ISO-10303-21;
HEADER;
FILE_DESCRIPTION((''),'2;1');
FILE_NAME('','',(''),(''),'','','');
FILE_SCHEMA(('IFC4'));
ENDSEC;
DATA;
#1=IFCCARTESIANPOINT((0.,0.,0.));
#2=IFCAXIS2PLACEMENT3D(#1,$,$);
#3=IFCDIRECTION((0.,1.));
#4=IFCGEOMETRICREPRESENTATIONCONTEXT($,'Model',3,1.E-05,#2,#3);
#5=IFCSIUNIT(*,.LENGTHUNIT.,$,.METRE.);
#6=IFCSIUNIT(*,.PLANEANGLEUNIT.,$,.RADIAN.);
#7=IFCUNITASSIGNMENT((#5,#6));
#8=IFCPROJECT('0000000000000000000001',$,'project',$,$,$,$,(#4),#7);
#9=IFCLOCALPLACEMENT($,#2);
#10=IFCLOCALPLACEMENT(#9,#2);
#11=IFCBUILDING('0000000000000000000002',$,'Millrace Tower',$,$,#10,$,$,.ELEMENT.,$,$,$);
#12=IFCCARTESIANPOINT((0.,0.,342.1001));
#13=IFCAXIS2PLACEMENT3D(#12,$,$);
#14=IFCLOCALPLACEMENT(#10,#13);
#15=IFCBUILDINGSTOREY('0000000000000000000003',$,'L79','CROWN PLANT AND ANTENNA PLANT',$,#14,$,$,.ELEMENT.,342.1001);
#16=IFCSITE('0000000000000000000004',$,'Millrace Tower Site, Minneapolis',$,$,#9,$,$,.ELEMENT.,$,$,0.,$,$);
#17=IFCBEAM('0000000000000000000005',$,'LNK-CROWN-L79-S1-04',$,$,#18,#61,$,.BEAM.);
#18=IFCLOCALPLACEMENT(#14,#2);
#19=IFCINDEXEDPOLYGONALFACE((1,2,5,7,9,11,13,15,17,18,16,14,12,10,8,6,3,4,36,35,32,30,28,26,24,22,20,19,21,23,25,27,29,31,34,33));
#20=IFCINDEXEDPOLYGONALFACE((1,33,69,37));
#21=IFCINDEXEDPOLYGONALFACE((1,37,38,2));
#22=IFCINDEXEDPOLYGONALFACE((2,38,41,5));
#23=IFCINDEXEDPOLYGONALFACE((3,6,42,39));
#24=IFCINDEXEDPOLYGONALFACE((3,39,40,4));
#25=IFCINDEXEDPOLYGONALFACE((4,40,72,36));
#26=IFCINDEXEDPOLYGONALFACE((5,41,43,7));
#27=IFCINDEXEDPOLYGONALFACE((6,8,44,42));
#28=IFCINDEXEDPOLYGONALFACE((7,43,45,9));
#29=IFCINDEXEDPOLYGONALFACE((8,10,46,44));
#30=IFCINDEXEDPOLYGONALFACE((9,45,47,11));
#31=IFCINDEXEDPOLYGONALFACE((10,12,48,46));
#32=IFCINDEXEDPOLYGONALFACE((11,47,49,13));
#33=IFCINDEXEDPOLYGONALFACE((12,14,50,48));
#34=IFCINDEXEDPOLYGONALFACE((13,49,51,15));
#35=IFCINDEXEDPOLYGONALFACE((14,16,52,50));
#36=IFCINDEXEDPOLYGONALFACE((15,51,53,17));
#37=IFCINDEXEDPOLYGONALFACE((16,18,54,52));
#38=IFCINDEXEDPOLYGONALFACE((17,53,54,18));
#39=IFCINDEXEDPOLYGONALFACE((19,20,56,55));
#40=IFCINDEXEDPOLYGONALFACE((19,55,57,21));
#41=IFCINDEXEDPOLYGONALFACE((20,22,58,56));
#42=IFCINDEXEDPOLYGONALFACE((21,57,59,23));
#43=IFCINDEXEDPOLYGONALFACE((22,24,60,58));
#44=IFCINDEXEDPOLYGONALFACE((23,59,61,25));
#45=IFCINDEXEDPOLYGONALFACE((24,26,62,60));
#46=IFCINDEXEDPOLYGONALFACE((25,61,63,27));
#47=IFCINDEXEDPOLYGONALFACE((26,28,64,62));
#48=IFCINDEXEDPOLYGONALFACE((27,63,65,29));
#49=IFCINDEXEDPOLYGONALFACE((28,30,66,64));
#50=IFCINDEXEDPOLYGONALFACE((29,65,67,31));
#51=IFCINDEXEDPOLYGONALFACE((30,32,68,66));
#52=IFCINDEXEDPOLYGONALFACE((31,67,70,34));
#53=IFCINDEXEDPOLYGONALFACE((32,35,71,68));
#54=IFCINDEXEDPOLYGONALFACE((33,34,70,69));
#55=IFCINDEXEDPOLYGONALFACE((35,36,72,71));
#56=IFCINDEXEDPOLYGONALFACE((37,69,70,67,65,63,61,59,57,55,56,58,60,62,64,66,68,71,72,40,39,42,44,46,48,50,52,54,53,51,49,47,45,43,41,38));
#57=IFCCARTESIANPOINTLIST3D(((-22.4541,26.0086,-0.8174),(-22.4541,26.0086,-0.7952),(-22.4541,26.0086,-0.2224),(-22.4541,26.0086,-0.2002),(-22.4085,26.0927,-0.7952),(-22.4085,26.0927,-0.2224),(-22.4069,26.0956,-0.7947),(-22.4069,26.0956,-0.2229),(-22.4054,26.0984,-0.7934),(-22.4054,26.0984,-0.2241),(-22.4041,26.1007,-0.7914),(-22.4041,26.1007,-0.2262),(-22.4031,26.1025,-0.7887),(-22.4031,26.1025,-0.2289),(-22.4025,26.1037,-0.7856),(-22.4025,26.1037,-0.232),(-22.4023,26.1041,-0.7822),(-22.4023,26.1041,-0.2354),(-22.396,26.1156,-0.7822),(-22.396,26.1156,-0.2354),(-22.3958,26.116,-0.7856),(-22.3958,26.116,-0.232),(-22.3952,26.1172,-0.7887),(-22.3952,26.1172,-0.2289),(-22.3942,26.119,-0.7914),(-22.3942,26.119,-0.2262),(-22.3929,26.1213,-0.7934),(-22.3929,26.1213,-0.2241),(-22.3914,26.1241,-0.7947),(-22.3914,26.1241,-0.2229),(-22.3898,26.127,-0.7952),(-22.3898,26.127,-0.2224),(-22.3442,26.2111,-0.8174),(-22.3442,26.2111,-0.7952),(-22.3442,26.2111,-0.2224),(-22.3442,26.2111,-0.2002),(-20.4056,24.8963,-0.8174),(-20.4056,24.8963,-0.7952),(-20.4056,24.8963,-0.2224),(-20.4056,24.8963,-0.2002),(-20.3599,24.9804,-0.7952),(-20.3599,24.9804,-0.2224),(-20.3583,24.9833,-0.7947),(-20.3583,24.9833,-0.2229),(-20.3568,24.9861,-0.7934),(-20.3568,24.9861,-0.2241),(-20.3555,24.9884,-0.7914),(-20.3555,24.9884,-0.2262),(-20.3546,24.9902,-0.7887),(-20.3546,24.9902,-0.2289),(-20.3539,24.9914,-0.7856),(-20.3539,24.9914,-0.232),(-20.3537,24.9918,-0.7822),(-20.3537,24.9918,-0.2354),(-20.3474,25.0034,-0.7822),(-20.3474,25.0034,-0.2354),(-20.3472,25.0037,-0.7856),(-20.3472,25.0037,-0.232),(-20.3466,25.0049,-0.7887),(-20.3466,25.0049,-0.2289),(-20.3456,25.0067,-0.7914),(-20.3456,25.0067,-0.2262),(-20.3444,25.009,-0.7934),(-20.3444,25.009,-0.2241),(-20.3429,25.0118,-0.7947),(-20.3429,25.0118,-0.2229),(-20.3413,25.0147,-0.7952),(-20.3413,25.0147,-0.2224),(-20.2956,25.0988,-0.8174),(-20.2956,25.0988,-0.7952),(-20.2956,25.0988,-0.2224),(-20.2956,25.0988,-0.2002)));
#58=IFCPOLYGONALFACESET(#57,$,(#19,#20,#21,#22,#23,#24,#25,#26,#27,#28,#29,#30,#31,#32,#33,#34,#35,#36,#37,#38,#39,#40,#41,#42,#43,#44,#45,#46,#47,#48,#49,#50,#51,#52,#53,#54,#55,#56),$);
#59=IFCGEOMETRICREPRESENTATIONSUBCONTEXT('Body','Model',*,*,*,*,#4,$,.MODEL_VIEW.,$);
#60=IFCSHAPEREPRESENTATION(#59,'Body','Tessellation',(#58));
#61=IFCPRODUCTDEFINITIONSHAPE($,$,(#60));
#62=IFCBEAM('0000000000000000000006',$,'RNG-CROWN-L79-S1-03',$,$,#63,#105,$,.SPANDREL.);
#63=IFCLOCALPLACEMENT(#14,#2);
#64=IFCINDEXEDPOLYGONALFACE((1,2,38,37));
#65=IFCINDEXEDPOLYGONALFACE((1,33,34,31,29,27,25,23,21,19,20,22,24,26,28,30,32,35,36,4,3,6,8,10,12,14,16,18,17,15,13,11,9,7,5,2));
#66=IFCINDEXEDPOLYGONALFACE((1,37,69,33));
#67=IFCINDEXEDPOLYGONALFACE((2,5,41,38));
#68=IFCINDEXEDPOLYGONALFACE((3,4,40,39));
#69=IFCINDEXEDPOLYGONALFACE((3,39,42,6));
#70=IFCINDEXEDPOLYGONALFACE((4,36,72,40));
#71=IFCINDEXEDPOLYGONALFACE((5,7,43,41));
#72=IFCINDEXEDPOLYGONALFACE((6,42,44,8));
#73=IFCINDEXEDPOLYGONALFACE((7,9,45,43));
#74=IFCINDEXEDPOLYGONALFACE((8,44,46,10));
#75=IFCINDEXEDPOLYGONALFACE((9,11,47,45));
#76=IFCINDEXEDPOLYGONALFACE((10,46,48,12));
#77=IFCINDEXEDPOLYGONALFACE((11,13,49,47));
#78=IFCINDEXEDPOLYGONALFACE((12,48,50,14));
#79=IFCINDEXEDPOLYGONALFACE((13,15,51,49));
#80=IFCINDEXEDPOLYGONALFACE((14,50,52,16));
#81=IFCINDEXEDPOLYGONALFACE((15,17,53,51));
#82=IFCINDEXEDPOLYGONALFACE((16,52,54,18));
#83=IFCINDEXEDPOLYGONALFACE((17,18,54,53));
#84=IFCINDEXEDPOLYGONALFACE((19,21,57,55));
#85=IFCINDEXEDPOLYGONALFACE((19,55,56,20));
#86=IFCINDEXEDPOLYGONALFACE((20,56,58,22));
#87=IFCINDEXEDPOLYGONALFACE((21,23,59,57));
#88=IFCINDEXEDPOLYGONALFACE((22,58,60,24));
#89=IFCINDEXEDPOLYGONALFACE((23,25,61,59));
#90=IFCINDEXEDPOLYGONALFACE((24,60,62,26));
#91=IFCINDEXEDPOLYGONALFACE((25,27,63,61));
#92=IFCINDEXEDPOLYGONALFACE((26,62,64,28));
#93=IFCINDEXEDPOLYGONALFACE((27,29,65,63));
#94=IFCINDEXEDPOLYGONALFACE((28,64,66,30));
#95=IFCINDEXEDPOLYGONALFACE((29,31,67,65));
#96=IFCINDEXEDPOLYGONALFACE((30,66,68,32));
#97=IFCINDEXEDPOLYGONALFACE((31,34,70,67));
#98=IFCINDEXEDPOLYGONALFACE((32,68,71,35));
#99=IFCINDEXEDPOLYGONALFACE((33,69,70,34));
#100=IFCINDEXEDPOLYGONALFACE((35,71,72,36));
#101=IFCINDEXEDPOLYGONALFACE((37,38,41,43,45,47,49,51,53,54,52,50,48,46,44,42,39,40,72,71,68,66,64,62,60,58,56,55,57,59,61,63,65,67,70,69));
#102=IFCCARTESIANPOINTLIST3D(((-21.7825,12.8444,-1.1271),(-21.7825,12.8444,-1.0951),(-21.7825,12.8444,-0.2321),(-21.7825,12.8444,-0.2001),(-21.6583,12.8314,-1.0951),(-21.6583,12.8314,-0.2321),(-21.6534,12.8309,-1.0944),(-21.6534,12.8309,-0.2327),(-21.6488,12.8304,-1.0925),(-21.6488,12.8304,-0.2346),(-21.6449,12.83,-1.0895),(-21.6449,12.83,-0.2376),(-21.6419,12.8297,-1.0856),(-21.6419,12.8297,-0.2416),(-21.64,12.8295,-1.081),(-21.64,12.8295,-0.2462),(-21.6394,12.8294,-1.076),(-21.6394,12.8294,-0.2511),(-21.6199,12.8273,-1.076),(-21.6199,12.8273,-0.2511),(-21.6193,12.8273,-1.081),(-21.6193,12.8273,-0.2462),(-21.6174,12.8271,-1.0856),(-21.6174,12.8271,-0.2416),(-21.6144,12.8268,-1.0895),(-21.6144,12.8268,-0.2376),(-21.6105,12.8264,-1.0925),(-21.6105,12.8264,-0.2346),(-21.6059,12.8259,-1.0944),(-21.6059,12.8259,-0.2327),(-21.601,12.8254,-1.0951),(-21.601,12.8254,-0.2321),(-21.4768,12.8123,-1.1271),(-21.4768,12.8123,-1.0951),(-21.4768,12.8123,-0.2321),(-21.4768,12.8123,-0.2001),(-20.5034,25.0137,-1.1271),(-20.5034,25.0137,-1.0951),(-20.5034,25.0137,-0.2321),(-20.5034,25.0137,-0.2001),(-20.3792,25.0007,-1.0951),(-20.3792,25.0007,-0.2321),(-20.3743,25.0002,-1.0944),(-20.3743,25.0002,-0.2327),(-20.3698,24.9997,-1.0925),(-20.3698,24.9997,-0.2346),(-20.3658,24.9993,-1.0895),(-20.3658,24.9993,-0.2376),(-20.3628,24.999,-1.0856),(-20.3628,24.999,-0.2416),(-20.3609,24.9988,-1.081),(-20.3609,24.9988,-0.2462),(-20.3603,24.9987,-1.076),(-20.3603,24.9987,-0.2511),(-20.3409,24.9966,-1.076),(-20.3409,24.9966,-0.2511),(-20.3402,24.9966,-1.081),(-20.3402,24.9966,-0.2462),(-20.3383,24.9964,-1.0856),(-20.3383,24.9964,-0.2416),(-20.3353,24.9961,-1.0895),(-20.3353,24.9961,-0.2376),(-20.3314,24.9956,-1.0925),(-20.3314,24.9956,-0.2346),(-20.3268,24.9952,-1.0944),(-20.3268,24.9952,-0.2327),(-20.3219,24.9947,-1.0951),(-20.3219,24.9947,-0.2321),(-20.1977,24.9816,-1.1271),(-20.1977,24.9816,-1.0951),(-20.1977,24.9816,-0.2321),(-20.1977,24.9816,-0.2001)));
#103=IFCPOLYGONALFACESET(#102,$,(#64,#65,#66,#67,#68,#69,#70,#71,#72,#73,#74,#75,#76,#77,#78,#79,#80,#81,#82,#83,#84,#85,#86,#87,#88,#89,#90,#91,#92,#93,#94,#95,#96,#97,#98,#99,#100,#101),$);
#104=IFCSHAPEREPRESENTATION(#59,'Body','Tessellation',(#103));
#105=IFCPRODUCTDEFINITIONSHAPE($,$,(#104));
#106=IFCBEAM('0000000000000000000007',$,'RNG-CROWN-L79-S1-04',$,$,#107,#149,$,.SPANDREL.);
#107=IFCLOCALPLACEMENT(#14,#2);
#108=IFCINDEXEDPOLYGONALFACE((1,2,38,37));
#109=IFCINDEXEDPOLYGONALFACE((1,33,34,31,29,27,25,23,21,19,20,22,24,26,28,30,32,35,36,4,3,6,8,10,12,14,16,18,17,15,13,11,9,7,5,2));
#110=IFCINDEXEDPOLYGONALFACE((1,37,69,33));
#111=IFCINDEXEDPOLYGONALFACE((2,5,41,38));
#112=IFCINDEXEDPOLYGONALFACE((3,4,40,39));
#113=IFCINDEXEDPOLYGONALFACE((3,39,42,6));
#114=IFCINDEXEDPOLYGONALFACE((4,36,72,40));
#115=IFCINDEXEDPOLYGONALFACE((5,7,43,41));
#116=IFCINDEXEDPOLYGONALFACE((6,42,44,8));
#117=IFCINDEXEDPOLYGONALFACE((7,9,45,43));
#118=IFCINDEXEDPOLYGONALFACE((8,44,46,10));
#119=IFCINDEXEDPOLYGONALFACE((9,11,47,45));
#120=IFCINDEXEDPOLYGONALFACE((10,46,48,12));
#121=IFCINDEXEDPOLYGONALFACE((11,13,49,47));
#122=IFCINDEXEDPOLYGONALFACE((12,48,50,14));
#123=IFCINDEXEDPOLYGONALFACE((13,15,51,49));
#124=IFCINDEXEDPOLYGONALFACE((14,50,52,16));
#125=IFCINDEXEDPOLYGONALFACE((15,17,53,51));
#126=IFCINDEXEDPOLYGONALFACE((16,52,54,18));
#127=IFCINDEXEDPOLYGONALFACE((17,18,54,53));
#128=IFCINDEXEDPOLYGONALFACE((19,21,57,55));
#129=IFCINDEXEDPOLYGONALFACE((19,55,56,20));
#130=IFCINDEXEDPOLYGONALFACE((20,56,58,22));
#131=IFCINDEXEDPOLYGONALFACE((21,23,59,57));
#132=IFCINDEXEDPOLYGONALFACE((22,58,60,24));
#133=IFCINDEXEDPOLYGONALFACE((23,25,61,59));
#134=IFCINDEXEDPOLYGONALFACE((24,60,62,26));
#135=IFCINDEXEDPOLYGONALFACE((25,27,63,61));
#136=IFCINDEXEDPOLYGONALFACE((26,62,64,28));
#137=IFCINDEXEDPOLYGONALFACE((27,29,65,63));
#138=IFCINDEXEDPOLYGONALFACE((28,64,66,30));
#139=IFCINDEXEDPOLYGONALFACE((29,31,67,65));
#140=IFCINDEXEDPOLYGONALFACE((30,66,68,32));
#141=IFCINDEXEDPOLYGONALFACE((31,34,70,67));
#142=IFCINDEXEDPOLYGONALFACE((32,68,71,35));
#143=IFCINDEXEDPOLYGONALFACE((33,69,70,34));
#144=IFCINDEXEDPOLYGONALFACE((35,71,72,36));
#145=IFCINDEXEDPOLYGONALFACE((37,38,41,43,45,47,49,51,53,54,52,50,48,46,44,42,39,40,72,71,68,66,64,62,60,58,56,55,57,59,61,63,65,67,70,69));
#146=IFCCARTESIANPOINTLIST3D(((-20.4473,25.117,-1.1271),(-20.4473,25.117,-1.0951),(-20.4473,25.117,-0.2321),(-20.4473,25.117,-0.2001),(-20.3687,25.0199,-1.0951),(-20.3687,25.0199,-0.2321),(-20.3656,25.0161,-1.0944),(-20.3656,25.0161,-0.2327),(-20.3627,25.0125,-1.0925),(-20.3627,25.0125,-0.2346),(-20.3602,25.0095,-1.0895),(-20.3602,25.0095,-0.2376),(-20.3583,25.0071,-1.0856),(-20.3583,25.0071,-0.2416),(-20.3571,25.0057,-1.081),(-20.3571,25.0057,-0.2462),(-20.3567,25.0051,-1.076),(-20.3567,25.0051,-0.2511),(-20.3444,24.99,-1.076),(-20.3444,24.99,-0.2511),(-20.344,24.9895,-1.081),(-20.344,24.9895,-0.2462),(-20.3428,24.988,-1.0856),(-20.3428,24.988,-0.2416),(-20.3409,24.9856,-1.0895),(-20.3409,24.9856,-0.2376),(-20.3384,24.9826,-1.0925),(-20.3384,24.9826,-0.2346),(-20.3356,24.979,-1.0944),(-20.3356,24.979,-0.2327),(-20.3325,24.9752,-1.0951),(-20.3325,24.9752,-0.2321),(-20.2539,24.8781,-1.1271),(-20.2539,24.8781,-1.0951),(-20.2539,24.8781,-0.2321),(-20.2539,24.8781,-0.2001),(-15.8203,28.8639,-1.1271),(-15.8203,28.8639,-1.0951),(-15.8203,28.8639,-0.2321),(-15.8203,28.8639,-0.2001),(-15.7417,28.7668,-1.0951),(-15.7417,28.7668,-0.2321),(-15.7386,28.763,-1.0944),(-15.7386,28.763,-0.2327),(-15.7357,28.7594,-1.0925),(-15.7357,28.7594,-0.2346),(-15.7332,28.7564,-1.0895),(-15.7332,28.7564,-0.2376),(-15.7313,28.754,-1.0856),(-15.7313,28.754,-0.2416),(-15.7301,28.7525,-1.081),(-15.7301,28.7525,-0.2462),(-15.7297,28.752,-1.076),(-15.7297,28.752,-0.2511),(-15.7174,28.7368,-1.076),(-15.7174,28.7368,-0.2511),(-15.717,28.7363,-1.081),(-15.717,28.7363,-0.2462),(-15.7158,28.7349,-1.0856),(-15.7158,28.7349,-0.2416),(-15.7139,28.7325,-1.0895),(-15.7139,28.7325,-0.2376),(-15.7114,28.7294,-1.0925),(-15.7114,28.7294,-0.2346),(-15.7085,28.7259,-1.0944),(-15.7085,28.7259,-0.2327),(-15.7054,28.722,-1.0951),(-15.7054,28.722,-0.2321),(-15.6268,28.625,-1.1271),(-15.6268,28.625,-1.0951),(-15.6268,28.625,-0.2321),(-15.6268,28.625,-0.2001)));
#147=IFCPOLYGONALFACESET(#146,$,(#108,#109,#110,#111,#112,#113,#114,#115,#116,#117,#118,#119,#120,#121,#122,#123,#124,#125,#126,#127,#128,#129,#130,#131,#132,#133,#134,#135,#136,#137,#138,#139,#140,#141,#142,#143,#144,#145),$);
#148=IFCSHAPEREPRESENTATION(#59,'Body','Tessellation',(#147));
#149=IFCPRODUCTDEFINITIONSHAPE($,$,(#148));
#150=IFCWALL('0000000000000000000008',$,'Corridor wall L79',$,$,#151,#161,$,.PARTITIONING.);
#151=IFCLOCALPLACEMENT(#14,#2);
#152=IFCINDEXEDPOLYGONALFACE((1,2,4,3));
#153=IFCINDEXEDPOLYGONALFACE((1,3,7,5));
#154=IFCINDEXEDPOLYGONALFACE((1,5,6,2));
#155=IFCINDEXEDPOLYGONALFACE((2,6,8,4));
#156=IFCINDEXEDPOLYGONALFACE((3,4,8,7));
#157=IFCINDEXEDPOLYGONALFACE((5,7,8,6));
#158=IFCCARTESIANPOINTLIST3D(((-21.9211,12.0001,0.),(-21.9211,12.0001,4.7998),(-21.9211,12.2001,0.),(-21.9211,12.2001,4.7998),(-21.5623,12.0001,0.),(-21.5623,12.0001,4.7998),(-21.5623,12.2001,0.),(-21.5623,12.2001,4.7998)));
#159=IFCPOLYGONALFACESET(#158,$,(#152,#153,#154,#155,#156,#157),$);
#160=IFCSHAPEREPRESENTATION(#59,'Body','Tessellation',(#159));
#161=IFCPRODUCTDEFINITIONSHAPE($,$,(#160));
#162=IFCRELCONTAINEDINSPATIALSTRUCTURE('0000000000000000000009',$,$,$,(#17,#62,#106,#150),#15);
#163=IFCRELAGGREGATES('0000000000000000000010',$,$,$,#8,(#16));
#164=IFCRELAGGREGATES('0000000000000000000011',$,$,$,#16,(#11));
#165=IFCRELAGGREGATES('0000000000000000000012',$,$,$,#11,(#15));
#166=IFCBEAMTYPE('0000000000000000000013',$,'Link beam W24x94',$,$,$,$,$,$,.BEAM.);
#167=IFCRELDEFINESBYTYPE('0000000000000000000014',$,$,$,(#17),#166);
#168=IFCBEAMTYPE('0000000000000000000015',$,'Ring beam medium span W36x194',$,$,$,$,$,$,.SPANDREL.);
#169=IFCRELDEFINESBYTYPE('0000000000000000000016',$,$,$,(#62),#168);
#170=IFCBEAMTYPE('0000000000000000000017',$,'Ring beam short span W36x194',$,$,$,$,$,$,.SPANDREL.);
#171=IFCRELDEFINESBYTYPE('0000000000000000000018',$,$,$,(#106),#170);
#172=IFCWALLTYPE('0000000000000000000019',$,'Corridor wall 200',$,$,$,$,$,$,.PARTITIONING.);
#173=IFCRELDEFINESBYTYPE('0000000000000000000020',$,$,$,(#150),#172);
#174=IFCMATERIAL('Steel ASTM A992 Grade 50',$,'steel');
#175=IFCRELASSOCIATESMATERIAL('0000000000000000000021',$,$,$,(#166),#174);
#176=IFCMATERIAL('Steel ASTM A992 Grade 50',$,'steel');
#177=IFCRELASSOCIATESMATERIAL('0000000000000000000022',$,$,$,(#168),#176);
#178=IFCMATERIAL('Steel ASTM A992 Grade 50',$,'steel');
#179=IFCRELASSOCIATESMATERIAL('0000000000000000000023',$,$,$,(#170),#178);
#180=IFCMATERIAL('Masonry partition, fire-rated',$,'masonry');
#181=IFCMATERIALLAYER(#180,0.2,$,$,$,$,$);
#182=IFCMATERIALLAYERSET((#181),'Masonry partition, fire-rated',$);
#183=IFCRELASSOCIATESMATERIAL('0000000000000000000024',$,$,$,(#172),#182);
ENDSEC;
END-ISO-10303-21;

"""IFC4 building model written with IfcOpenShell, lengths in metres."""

from ifc_helpers import new_model, si_unit, direction, frame, frame_2d, origin, origin_2d, place, context, subcontext, project, spatial, rectangle, i_section, extrude, material, layer, layer_set, material_profile, profile_set, type_object, element, save


model = new_model("IFC4")

# Units and contexts
model_context = context("Model", 3, precision=1e-05, world=origin(), true_north=direction((0.0, 1.0)))
body_context = subcontext(model_context, "Body", "Model", "MODEL_VIEW")
ifc_project = project(units=[si_unit("LENGTHUNIT", "METRE"), si_unit("PLANEANGLEUNIT", "RADIAN")], contexts=[model_context])

# Site, building, storey
site_placement = place(None, origin())
site = spatial("IfcSite", under=ifc_project, at=site_placement, Name="Millrace Tower Site, Minneapolis", CompositionType="ELEMENT", RefElevation=0.0)
building_placement = place(site_placement, origin())
building = spatial("IfcBuilding", under=site, at=building_placement, Name="Millrace Tower", CompositionType="ELEMENT")
storey_placement = place(building_placement, frame((0.0, 0.0, 342.1001)))
storey = spatial("IfcBuildingStorey", under=building, at=storey_placement, Name="L79", Description="CROWN PLANT AND ANTENNA PLANT", CompositionType="ELEMENT", Elevation=342.1001)

# Beams
ifc_material_1 = material(Name="Steel ASTM A992 Grade 50", Category="steel")
ifc_material_profile_1 = material_profile(ifc_material_1, i_section(OverallWidth=0.2305, OverallDepth=0.6172, WebThickness=0.0132, FlangeThickness=0.0222, FilletRadius=0.0129, at=origin_2d()))
ifc_profile_set_1 = profile_set([ifc_material_profile_1], Name="Steel ASTM A992 Grade 50")
beam_type_1 = type_object("IfcBeamType", Name="Link beam W24x94", PredefinedType="BEAM", material=ifc_profile_set_1)
beam_1_placement = place(storey_placement, frame((-20.3506, 24.9976, -0.5088), z_axis=(-0.878815, 0.477164, 0.0), x_axis=(-0.477164, -0.878815, 0.0)))
element("IfcBeam", 1, at=beam_1_placement, inside=storey, type_object=beam_type_1, Name="LNK-CROWN-L79-S1-04", PredefinedType="BEAM", context=body_context, shape_type="SweptSolid", body=[
    extrude(i_section(OverallWidth=0.2305, OverallDepth=0.6172, WebThickness=0.0132, FlangeThickness=0.0222, FilletRadius=0.0129, at=origin_2d()), origin(), (0.0, 0.0, 1.0), 2.3311),
])
ifc_material_2 = material(Name="Steel ASTM A992 Grade 50", Category="steel")
ifc_material_profile_2 = material_profile(ifc_material_2, i_section(OverallWidth=0.3074, OverallDepth=0.927, WebThickness=0.0195, FlangeThickness=0.032, FilletRadius=0.019, at=origin_2d()))
ifc_profile_set_2 = profile_set([ifc_material_profile_2], Name="Steel ASTM A992 Grade 50")
beam_type_2 = type_object("IfcBeamType", Name="Ring beam medium span W36x194", PredefinedType="SPANDREL", material=ifc_profile_set_2)
beam_2_placement = place(storey_placement, frame((-21.6296, 12.8284, -0.6636), z_axis=(0.10453, 0.994522, 0.0), x_axis=(-0.994522, 0.10453, 0.0)))
element("IfcBeam", 2, at=beam_2_placement, inside=storey, type_object=beam_type_2, Name="RNG-CROWN-L79-S1-03", PredefinedType="SPANDREL", context=body_context, shape_type="SweptSolid", body=[
    extrude(i_section(OverallWidth=0.3074, OverallDepth=0.927, WebThickness=0.0195, FlangeThickness=0.032, FilletRadius=0.019, at=origin_2d()), origin(), (0.0, 0.0, 1.0), 12.2363),
])
ifc_material_3 = material(Name="Steel ASTM A992 Grade 50", Category="steel")
ifc_material_profile_3 = material_profile(ifc_material_3, i_section(OverallWidth=0.3074, OverallDepth=0.927, WebThickness=0.0195, FlangeThickness=0.032, FilletRadius=0.019, at=origin_2d()))
ifc_profile_set_3 = profile_set([ifc_material_profile_3], Name="Steel ASTM A992 Grade 50")
beam_type_3 = type_object("IfcBeamType", Name="Ring beam short span W36x194", PredefinedType="SPANDREL", material=ifc_profile_set_3)
beam_3_placement = place(storey_placement, frame((-20.3506, 24.9976, -0.6636), z_axis=(0.777147, 0.62932, 0.0), x_axis=(-0.62932, 0.777147, 0.0)))
element("IfcBeam", 3, at=beam_3_placement, inside=storey, type_object=beam_type_3, Name="RNG-CROWN-L79-S1-04", PredefinedType="SPANDREL", context=body_context, shape_type="SweptSolid", body=[
    extrude(i_section(OverallWidth=0.3074, OverallDepth=0.927, WebThickness=0.0195, FlangeThickness=0.032, FilletRadius=0.019, at=origin_2d()), origin(), (0.0, 0.0, 1.0), 5.9539),
])

# Wall
ifc_material_4 = material(Name="Masonry partition, fire-rated", Category="masonry")
ifc_layer_1 = layer(ifc_material_4, 0.2)
ifc_layer_set_1 = layer_set([ifc_layer_1], Name="Masonry partition, fire-rated")
wall_type = type_object("IfcWallType", Name="Corridor wall 200", PredefinedType="PARTITIONING", material=ifc_layer_set_1)
wall_1_placement = place(storey_placement, frame((-21.9211, 12.1001, 0.0), z_axis=(0.0, 0.0, 1.0), x_axis=(1.0, 0.0, 0.0)))
element("IfcWall", 4, at=wall_1_placement, inside=storey, type_object=wall_type, Name="Corridor wall L79", PredefinedType="PARTITIONING", context=body_context, shape_type="SweptSolid", body=[
    extrude(rectangle(XDim=0.3589, YDim=0.2, at=frame_2d((0.1794, 0.0))), origin(), (0.0, 0.0, 1.0), 4.7998),
])

save(model, "model.ifc")
